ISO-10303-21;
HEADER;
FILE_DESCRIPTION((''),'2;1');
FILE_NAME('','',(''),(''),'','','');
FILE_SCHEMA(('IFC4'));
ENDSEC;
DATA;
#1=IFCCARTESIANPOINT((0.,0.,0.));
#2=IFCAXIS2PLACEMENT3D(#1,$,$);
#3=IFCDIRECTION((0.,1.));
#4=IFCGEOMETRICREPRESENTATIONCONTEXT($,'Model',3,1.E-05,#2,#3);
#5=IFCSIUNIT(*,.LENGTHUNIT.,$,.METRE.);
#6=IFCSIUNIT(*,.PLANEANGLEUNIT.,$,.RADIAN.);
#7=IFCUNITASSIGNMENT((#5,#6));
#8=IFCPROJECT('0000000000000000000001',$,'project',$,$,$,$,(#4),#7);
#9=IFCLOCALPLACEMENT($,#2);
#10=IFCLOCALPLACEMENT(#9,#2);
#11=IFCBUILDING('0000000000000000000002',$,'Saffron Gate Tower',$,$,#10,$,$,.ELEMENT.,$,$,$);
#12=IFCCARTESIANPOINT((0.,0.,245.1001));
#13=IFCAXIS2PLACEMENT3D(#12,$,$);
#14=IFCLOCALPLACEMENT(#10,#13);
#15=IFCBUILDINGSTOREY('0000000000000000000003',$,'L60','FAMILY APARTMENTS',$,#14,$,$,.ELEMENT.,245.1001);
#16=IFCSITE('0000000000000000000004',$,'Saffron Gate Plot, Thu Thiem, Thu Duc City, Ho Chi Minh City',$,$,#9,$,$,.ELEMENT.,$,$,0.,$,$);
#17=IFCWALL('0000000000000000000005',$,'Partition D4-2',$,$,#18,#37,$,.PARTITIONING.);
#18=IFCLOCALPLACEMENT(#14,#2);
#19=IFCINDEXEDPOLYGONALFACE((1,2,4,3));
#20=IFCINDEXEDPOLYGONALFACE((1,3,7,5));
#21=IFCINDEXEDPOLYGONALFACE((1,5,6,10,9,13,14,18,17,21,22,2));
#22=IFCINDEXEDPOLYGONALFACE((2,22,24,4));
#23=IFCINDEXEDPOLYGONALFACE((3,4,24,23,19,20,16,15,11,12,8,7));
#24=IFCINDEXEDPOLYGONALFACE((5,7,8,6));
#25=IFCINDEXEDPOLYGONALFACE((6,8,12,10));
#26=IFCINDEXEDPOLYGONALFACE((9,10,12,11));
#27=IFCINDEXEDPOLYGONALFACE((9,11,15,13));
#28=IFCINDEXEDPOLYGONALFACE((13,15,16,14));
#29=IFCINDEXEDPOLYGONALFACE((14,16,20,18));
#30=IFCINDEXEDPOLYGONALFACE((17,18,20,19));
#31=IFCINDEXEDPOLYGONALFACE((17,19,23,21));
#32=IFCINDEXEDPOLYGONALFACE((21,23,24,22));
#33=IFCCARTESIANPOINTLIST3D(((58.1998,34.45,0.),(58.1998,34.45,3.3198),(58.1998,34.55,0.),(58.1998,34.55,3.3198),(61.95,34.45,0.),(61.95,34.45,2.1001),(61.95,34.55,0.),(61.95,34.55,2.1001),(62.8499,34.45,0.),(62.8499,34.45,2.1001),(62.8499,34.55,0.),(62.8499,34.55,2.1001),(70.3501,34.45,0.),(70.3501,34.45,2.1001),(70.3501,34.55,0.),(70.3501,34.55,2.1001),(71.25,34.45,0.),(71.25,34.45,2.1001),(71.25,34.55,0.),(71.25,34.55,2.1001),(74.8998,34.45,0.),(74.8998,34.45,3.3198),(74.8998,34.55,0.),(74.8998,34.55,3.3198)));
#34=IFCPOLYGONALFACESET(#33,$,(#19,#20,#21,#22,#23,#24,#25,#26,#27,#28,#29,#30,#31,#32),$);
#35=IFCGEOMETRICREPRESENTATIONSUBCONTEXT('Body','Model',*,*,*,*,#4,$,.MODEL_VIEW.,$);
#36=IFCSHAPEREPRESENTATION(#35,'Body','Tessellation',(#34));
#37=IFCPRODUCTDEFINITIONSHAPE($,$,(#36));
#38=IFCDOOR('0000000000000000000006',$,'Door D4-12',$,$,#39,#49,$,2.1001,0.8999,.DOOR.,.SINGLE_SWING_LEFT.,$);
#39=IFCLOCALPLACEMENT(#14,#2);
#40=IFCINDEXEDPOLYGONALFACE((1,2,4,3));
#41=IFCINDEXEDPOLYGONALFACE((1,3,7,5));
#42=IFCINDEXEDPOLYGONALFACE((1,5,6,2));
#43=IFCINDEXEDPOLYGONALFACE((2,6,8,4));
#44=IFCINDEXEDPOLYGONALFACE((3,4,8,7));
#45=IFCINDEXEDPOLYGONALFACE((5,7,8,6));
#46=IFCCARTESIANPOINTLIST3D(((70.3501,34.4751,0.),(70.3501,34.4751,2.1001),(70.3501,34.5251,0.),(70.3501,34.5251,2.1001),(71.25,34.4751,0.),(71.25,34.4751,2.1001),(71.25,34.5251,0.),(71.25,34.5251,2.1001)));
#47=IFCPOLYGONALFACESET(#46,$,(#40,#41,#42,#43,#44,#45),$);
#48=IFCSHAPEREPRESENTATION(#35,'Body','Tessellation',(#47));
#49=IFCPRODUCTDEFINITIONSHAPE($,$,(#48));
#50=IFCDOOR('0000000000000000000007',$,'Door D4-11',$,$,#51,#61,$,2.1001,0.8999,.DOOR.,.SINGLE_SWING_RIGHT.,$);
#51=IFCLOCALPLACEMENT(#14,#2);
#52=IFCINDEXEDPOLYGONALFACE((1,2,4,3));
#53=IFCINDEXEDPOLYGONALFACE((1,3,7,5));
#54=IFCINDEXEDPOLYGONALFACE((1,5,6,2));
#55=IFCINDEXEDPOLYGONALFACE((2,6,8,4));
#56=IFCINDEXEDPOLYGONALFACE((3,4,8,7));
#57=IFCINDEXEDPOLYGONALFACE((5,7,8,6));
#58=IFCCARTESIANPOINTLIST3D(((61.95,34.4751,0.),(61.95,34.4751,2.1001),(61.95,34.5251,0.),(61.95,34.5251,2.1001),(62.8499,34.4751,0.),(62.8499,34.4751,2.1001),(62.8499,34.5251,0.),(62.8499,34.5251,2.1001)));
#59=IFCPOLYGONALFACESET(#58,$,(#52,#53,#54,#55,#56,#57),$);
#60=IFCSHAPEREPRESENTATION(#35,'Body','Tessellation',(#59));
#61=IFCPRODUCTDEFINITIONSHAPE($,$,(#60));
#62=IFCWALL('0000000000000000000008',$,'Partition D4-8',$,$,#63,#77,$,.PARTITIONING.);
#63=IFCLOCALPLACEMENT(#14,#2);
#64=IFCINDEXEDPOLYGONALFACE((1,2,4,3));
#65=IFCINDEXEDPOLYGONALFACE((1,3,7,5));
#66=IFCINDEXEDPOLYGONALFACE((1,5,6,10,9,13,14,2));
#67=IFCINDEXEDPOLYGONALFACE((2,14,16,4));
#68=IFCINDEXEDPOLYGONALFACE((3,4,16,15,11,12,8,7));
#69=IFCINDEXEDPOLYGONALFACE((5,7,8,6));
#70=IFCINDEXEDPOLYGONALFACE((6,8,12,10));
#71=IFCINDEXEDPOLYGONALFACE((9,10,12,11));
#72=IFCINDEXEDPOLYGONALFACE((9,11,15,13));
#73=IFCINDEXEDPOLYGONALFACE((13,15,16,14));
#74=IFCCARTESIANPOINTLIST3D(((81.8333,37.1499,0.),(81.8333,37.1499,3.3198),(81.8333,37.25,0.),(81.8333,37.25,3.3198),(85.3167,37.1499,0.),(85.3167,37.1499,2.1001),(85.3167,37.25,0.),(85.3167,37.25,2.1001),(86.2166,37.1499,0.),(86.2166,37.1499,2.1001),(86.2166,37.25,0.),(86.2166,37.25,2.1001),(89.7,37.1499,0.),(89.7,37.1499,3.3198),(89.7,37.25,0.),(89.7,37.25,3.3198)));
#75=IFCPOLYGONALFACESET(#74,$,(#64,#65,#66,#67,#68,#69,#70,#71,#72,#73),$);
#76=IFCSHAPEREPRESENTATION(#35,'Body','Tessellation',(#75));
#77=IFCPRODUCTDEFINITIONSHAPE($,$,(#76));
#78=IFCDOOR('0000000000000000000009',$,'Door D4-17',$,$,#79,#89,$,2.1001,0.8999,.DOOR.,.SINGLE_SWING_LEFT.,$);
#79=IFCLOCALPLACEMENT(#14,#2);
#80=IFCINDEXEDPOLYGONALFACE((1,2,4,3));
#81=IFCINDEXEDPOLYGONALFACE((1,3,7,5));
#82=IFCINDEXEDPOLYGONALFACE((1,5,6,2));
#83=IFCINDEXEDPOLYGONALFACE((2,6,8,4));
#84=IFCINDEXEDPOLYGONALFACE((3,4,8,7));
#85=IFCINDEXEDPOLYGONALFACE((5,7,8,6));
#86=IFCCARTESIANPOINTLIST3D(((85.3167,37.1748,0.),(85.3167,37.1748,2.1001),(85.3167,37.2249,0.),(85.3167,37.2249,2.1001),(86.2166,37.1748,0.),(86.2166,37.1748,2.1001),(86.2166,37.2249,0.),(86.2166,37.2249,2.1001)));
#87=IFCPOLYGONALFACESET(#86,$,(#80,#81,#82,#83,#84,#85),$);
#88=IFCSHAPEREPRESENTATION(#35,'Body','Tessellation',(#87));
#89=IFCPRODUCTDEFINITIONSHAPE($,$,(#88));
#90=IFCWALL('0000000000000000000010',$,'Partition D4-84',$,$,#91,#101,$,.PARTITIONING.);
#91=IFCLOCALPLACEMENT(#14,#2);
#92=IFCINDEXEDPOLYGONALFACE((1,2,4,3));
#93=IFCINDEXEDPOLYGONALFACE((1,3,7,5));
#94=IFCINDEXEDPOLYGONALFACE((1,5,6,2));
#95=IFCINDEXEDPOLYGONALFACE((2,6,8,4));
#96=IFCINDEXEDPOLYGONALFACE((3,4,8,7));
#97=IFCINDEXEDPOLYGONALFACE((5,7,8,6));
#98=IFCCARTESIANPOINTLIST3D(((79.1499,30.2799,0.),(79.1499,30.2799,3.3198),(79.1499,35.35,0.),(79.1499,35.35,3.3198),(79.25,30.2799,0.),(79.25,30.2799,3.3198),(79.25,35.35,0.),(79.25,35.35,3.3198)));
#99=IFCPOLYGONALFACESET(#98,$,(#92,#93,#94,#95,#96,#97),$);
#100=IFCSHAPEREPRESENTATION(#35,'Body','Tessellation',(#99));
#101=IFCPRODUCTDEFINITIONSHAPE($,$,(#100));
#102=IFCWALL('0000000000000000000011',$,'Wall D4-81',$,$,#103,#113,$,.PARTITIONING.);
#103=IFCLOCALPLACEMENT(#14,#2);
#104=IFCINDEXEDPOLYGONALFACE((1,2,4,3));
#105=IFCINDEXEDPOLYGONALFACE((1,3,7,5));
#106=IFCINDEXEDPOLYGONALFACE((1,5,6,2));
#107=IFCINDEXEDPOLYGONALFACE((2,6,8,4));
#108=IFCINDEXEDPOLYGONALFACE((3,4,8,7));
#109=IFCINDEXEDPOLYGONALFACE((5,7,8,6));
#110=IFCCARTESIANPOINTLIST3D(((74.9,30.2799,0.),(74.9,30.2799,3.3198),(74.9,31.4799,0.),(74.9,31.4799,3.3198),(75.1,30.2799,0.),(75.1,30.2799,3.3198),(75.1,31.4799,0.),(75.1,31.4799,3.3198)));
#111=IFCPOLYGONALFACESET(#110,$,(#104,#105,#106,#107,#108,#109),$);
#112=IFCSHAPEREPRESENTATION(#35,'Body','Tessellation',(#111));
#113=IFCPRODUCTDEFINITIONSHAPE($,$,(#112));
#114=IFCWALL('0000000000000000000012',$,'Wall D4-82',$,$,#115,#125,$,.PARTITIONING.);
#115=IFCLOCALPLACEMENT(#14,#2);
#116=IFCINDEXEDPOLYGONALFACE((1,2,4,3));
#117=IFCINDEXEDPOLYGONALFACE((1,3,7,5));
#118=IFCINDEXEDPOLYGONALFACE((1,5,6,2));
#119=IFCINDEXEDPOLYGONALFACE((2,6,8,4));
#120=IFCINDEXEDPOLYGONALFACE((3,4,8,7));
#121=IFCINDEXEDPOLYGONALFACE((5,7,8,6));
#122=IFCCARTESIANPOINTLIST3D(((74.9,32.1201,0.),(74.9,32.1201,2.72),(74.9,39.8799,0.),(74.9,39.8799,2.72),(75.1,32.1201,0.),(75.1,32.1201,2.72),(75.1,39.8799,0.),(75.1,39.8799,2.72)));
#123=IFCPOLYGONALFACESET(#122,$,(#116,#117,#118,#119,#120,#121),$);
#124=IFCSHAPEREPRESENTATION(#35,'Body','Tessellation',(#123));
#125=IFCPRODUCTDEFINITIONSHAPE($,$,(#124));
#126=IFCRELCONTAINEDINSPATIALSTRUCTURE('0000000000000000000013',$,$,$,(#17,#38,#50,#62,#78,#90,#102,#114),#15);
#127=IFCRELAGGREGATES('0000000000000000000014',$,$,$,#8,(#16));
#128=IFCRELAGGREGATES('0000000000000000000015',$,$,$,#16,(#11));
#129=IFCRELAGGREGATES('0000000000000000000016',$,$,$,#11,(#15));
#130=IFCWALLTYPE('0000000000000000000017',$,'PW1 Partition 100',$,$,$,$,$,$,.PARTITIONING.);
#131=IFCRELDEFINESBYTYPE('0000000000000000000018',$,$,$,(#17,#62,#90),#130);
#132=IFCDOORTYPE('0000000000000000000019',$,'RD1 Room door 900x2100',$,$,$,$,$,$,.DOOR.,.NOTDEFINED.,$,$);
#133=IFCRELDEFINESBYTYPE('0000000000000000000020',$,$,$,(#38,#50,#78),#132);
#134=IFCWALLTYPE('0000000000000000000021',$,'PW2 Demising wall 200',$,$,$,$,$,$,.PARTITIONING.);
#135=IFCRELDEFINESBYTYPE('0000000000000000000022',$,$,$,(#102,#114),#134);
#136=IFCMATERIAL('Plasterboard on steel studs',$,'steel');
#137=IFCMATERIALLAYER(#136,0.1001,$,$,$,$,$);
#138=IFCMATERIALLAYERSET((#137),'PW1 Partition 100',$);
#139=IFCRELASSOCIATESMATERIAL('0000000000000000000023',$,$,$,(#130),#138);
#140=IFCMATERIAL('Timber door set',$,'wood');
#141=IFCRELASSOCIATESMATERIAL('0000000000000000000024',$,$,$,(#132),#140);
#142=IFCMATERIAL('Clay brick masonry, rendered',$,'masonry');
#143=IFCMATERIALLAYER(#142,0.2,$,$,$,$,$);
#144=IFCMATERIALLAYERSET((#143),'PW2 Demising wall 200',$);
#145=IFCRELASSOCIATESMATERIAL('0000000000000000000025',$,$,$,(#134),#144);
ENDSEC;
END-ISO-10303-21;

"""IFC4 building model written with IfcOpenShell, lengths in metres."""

from ifc_helpers import new_model, si_unit, direction, frame, frame_2d, origin, place, context, subcontext, project, spatial, rectangle, extrude, material, layer, layer_set, type_object, element, fill, save


model = new_model("IFC4")

# Units and contexts
model_context = context("Model", 3, precision=1e-05, world=origin(), true_north=direction((0.0, 1.0)))
body_context = subcontext(model_context, "Body", "Model", "MODEL_VIEW")
ifc_project = project(units=[si_unit("LENGTHUNIT", "METRE"), si_unit("PLANEANGLEUNIT", "RADIAN")], contexts=[model_context])

# Site, building, storey
site_placement = place(None, origin())
site = spatial("IfcSite", under=ifc_project, at=site_placement, Name="Saffron Gate Plot, Thu Thiem, Thu Duc City, Ho Chi Minh City", CompositionType="ELEMENT", RefElevation=0.0)
building_placement = place(site_placement, origin())
building = spatial("IfcBuilding", under=site, at=building_placement, Name="Saffron Gate Tower", CompositionType="ELEMENT")
storey_placement = place(building_placement, frame((0.0, 0.0, 245.1001)))
storey = spatial("IfcBuildingStorey", under=building, at=storey_placement, Name="L60", Description="FAMILY APARTMENTS", CompositionType="ELEMENT", Elevation=245.1001)

# Wall, openings, doors
ifc_material_1 = material(Name="Plasterboard on steel studs", Category="steel")
ifc_layer_1 = layer(ifc_material_1, 0.1001)
ifc_layer_set_1 = layer_set([ifc_layer_1], Name="PW1 Partition 100")
wall_type_1 = type_object("IfcWallType", Name="PW1 Partition 100", PredefinedType="PARTITIONING", material=ifc_layer_set_1)
wall_1_placement = place(storey_placement, frame((74.8999, 34.5, 0.0), z_axis=(0.0, 0.0, 1.0), x_axis=(-1.0, 0.0, 0.0)))
wall_1 = element("IfcWall", 1, at=wall_1_placement, inside=storey, type_object=wall_type_1, Name="Partition D4-2", PredefinedType="PARTITIONING", context=body_context, shape_type="SweptSolid", body=[
    extrude(rectangle(XDim=16.7, YDim=0.1001, at=frame_2d((8.3501, 0.0))), origin(), (0.0, 0.0, 1.0), 3.3198),
])
opening_1_placement = place(wall_1_placement, frame((3.6499, 0.0, 0.0)))
opening_1 = element("IfcOpeningElement", 2, at=opening_1_placement, cuts=wall_1, PredefinedType="OPENING", context=body_context, shape_type="SweptSolid", body=[
    extrude(rectangle(XDim=0.8999, YDim=2.1001, at=frame_2d((0.45, 1.05))), frame((0.0, 0.0601, 0.0), z_axis=(0.0, -1.0, 0.0), x_axis=(1.0, 0.0, 0.0)), (0.0, 0.0, 1.0), 0.1201),
])
opening_2_placement = place(wall_1_placement, frame((12.05, 0.0, 0.0)))
opening_2 = element("IfcOpeningElement", 3, at=opening_2_placement, cuts=wall_1, PredefinedType="OPENING", context=body_context, shape_type="SweptSolid", body=[
    extrude(rectangle(XDim=0.8999, YDim=2.1001, at=frame_2d((0.45, 1.05))), frame((0.0, 0.0601, 0.0), z_axis=(0.0, -1.0, 0.0), x_axis=(1.0, 0.0, 0.0)), (0.0, 0.0, 1.0), 0.1201),
])
ifc_material_2 = material(Name="Timber door set", Category="wood")
door_type = type_object("IfcDoorType", Name="RD1 Room door 900x2100", OperationType="NOTDEFINED", PredefinedType="DOOR", material=ifc_material_2)
door_1_placement = place(opening_1_placement, origin())
door_1 = element("IfcDoor", 4, at=door_1_placement, inside=storey, type_object=door_type, Name="Door D4-12", OperationType="SINGLE_SWING_LEFT", OverallHeight=2.1001, OverallWidth=0.8999, PredefinedType="DOOR", context=body_context, shape_type="SweptSolid", body=[
    extrude(rectangle(XDim=0.8999, YDim=2.1001, at=frame_2d((0.45, 1.05))), frame((0.0, 0.0249, 0.0), z_axis=(0.0, -1.0, 0.0), x_axis=(1.0, 0.0, 0.0)), (0.0, 0.0, 1.0), 0.05),
])
fill(opening_1, door_1)
door_2_placement = place(opening_2_placement, origin())
door_2 = element("IfcDoor", 5, at=door_2_placement, inside=storey, type_object=door_type, Name="Door D4-11", OperationType="SINGLE_SWING_RIGHT", OverallHeight=2.1001, OverallWidth=0.8999, PredefinedType="DOOR", context=body_context, shape_type="SweptSolid", body=[
    extrude(rectangle(XDim=0.8999, YDim=2.1001, at=frame_2d((0.45, 1.05))), frame((0.0, 0.0249, 0.0), z_axis=(0.0, -1.0, 0.0), x_axis=(1.0, 0.0, 0.0)), (0.0, 0.0, 1.0), 0.05),
])
fill(opening_2, door_2)

# Wall, opening, door
wall_2_placement = place(storey_placement, frame((81.8333, 37.2, 0.0), z_axis=(0.0, 0.0, 1.0), x_axis=(1.0, 0.0, 0.0)))
wall_2 = element("IfcWall", 6, at=wall_2_placement, inside=storey, type_object=wall_type_1, Name="Partition D4-8", PredefinedType="PARTITIONING", context=body_context, shape_type="SweptSolid", body=[
    extrude(rectangle(XDim=7.8667, YDim=0.1001, at=frame_2d((3.9333, 0.0))), origin(), (0.0, 0.0, 1.0), 3.3198),
])
opening_3_placement = place(wall_2_placement, frame((3.4834, 0.0, 0.0)))
opening_3 = element("IfcOpeningElement", 7, at=opening_3_placement, cuts=wall_2, PredefinedType="OPENING", context=body_context, shape_type="SweptSolid", body=[
    extrude(rectangle(XDim=0.8999, YDim=2.1001, at=frame_2d((0.45, 1.05))), frame((0.0, 0.0601, 0.0), z_axis=(0.0, -1.0, 0.0), x_axis=(1.0, 0.0, 0.0)), (0.0, 0.0, 1.0), 0.1201),
])
door_3_placement = place(opening_3_placement, origin())
door_3 = element("IfcDoor", 8, at=door_3_placement, inside=storey, type_object=door_type, Name="Door D4-17", OperationType="SINGLE_SWING_LEFT", OverallHeight=2.1001, OverallWidth=0.8999, PredefinedType="DOOR", context=body_context, shape_type="SweptSolid", body=[
    extrude(rectangle(XDim=0.8999, YDim=2.1001, at=frame_2d((0.45, 1.05))), frame((0.0, 0.0249, 0.0), z_axis=(0.0, -1.0, 0.0), x_axis=(1.0, 0.0, 0.0)), (0.0, 0.0, 1.0), 0.05),
])
fill(opening_3, door_3)

# Walls
wall_3_placement = place(storey_placement, frame((79.2, 35.3501, 0.0), z_axis=(0.0, 0.0, 1.0), x_axis=(0.0, -1.0, 0.0)))
element("IfcWall", 9, at=wall_3_placement, inside=storey, type_object=wall_type_1, Name="Partition D4-84", PredefinedType="PARTITIONING", context=body_context, shape_type="SweptSolid", body=[
    extrude(rectangle(XDim=5.0701, YDim=0.1001, at=frame_2d((2.5352, 0.0))), origin(), (0.0, 0.0, 1.0), 3.3198),
])
ifc_material_3 = material(Name="Clay brick masonry, rendered", Category="masonry")
ifc_layer_2 = layer(ifc_material_3, 0.2)
ifc_layer_set_2 = layer_set([ifc_layer_2], Name="PW2 Demising wall 200")
wall_type_2 = type_object("IfcWallType", Name="PW2 Demising wall 200", PredefinedType="PARTITIONING", material=ifc_layer_set_2)
wall_4_placement = place(storey_placement, frame((75.0, 31.48, 0.0), z_axis=(0.0, 0.0, 1.0), x_axis=(0.0, -1.0, 0.0)))
element("IfcWall", 10, at=wall_4_placement, inside=storey, type_object=wall_type_2, Name="Wall D4-81", PredefinedType="PARTITIONING", context=body_context, shape_type="SweptSolid", body=[
    extrude(rectangle(XDim=1.2, YDim=0.2, at=frame_2d((0.6001, 0.0))), origin(), (0.0, 0.0, 1.0), 3.3198),
])
wall_5_placement = place(storey_placement, frame((75.0, 39.8799, 0.0), z_axis=(0.0, 0.0, 1.0), x_axis=(0.0, -1.0, 0.0)))
element("IfcWall", 11, at=wall_5_placement, inside=storey, type_object=wall_type_2, Name="Wall D4-82", PredefinedType="PARTITIONING", context=body_context, shape_type="SweptSolid", body=[
    extrude(rectangle(XDim=7.7598, YDim=0.2, at=frame_2d((3.8799, 0.0))), origin(), (0.0, 0.0, 1.0), 2.72),
])

save(model, "model.ifc")
